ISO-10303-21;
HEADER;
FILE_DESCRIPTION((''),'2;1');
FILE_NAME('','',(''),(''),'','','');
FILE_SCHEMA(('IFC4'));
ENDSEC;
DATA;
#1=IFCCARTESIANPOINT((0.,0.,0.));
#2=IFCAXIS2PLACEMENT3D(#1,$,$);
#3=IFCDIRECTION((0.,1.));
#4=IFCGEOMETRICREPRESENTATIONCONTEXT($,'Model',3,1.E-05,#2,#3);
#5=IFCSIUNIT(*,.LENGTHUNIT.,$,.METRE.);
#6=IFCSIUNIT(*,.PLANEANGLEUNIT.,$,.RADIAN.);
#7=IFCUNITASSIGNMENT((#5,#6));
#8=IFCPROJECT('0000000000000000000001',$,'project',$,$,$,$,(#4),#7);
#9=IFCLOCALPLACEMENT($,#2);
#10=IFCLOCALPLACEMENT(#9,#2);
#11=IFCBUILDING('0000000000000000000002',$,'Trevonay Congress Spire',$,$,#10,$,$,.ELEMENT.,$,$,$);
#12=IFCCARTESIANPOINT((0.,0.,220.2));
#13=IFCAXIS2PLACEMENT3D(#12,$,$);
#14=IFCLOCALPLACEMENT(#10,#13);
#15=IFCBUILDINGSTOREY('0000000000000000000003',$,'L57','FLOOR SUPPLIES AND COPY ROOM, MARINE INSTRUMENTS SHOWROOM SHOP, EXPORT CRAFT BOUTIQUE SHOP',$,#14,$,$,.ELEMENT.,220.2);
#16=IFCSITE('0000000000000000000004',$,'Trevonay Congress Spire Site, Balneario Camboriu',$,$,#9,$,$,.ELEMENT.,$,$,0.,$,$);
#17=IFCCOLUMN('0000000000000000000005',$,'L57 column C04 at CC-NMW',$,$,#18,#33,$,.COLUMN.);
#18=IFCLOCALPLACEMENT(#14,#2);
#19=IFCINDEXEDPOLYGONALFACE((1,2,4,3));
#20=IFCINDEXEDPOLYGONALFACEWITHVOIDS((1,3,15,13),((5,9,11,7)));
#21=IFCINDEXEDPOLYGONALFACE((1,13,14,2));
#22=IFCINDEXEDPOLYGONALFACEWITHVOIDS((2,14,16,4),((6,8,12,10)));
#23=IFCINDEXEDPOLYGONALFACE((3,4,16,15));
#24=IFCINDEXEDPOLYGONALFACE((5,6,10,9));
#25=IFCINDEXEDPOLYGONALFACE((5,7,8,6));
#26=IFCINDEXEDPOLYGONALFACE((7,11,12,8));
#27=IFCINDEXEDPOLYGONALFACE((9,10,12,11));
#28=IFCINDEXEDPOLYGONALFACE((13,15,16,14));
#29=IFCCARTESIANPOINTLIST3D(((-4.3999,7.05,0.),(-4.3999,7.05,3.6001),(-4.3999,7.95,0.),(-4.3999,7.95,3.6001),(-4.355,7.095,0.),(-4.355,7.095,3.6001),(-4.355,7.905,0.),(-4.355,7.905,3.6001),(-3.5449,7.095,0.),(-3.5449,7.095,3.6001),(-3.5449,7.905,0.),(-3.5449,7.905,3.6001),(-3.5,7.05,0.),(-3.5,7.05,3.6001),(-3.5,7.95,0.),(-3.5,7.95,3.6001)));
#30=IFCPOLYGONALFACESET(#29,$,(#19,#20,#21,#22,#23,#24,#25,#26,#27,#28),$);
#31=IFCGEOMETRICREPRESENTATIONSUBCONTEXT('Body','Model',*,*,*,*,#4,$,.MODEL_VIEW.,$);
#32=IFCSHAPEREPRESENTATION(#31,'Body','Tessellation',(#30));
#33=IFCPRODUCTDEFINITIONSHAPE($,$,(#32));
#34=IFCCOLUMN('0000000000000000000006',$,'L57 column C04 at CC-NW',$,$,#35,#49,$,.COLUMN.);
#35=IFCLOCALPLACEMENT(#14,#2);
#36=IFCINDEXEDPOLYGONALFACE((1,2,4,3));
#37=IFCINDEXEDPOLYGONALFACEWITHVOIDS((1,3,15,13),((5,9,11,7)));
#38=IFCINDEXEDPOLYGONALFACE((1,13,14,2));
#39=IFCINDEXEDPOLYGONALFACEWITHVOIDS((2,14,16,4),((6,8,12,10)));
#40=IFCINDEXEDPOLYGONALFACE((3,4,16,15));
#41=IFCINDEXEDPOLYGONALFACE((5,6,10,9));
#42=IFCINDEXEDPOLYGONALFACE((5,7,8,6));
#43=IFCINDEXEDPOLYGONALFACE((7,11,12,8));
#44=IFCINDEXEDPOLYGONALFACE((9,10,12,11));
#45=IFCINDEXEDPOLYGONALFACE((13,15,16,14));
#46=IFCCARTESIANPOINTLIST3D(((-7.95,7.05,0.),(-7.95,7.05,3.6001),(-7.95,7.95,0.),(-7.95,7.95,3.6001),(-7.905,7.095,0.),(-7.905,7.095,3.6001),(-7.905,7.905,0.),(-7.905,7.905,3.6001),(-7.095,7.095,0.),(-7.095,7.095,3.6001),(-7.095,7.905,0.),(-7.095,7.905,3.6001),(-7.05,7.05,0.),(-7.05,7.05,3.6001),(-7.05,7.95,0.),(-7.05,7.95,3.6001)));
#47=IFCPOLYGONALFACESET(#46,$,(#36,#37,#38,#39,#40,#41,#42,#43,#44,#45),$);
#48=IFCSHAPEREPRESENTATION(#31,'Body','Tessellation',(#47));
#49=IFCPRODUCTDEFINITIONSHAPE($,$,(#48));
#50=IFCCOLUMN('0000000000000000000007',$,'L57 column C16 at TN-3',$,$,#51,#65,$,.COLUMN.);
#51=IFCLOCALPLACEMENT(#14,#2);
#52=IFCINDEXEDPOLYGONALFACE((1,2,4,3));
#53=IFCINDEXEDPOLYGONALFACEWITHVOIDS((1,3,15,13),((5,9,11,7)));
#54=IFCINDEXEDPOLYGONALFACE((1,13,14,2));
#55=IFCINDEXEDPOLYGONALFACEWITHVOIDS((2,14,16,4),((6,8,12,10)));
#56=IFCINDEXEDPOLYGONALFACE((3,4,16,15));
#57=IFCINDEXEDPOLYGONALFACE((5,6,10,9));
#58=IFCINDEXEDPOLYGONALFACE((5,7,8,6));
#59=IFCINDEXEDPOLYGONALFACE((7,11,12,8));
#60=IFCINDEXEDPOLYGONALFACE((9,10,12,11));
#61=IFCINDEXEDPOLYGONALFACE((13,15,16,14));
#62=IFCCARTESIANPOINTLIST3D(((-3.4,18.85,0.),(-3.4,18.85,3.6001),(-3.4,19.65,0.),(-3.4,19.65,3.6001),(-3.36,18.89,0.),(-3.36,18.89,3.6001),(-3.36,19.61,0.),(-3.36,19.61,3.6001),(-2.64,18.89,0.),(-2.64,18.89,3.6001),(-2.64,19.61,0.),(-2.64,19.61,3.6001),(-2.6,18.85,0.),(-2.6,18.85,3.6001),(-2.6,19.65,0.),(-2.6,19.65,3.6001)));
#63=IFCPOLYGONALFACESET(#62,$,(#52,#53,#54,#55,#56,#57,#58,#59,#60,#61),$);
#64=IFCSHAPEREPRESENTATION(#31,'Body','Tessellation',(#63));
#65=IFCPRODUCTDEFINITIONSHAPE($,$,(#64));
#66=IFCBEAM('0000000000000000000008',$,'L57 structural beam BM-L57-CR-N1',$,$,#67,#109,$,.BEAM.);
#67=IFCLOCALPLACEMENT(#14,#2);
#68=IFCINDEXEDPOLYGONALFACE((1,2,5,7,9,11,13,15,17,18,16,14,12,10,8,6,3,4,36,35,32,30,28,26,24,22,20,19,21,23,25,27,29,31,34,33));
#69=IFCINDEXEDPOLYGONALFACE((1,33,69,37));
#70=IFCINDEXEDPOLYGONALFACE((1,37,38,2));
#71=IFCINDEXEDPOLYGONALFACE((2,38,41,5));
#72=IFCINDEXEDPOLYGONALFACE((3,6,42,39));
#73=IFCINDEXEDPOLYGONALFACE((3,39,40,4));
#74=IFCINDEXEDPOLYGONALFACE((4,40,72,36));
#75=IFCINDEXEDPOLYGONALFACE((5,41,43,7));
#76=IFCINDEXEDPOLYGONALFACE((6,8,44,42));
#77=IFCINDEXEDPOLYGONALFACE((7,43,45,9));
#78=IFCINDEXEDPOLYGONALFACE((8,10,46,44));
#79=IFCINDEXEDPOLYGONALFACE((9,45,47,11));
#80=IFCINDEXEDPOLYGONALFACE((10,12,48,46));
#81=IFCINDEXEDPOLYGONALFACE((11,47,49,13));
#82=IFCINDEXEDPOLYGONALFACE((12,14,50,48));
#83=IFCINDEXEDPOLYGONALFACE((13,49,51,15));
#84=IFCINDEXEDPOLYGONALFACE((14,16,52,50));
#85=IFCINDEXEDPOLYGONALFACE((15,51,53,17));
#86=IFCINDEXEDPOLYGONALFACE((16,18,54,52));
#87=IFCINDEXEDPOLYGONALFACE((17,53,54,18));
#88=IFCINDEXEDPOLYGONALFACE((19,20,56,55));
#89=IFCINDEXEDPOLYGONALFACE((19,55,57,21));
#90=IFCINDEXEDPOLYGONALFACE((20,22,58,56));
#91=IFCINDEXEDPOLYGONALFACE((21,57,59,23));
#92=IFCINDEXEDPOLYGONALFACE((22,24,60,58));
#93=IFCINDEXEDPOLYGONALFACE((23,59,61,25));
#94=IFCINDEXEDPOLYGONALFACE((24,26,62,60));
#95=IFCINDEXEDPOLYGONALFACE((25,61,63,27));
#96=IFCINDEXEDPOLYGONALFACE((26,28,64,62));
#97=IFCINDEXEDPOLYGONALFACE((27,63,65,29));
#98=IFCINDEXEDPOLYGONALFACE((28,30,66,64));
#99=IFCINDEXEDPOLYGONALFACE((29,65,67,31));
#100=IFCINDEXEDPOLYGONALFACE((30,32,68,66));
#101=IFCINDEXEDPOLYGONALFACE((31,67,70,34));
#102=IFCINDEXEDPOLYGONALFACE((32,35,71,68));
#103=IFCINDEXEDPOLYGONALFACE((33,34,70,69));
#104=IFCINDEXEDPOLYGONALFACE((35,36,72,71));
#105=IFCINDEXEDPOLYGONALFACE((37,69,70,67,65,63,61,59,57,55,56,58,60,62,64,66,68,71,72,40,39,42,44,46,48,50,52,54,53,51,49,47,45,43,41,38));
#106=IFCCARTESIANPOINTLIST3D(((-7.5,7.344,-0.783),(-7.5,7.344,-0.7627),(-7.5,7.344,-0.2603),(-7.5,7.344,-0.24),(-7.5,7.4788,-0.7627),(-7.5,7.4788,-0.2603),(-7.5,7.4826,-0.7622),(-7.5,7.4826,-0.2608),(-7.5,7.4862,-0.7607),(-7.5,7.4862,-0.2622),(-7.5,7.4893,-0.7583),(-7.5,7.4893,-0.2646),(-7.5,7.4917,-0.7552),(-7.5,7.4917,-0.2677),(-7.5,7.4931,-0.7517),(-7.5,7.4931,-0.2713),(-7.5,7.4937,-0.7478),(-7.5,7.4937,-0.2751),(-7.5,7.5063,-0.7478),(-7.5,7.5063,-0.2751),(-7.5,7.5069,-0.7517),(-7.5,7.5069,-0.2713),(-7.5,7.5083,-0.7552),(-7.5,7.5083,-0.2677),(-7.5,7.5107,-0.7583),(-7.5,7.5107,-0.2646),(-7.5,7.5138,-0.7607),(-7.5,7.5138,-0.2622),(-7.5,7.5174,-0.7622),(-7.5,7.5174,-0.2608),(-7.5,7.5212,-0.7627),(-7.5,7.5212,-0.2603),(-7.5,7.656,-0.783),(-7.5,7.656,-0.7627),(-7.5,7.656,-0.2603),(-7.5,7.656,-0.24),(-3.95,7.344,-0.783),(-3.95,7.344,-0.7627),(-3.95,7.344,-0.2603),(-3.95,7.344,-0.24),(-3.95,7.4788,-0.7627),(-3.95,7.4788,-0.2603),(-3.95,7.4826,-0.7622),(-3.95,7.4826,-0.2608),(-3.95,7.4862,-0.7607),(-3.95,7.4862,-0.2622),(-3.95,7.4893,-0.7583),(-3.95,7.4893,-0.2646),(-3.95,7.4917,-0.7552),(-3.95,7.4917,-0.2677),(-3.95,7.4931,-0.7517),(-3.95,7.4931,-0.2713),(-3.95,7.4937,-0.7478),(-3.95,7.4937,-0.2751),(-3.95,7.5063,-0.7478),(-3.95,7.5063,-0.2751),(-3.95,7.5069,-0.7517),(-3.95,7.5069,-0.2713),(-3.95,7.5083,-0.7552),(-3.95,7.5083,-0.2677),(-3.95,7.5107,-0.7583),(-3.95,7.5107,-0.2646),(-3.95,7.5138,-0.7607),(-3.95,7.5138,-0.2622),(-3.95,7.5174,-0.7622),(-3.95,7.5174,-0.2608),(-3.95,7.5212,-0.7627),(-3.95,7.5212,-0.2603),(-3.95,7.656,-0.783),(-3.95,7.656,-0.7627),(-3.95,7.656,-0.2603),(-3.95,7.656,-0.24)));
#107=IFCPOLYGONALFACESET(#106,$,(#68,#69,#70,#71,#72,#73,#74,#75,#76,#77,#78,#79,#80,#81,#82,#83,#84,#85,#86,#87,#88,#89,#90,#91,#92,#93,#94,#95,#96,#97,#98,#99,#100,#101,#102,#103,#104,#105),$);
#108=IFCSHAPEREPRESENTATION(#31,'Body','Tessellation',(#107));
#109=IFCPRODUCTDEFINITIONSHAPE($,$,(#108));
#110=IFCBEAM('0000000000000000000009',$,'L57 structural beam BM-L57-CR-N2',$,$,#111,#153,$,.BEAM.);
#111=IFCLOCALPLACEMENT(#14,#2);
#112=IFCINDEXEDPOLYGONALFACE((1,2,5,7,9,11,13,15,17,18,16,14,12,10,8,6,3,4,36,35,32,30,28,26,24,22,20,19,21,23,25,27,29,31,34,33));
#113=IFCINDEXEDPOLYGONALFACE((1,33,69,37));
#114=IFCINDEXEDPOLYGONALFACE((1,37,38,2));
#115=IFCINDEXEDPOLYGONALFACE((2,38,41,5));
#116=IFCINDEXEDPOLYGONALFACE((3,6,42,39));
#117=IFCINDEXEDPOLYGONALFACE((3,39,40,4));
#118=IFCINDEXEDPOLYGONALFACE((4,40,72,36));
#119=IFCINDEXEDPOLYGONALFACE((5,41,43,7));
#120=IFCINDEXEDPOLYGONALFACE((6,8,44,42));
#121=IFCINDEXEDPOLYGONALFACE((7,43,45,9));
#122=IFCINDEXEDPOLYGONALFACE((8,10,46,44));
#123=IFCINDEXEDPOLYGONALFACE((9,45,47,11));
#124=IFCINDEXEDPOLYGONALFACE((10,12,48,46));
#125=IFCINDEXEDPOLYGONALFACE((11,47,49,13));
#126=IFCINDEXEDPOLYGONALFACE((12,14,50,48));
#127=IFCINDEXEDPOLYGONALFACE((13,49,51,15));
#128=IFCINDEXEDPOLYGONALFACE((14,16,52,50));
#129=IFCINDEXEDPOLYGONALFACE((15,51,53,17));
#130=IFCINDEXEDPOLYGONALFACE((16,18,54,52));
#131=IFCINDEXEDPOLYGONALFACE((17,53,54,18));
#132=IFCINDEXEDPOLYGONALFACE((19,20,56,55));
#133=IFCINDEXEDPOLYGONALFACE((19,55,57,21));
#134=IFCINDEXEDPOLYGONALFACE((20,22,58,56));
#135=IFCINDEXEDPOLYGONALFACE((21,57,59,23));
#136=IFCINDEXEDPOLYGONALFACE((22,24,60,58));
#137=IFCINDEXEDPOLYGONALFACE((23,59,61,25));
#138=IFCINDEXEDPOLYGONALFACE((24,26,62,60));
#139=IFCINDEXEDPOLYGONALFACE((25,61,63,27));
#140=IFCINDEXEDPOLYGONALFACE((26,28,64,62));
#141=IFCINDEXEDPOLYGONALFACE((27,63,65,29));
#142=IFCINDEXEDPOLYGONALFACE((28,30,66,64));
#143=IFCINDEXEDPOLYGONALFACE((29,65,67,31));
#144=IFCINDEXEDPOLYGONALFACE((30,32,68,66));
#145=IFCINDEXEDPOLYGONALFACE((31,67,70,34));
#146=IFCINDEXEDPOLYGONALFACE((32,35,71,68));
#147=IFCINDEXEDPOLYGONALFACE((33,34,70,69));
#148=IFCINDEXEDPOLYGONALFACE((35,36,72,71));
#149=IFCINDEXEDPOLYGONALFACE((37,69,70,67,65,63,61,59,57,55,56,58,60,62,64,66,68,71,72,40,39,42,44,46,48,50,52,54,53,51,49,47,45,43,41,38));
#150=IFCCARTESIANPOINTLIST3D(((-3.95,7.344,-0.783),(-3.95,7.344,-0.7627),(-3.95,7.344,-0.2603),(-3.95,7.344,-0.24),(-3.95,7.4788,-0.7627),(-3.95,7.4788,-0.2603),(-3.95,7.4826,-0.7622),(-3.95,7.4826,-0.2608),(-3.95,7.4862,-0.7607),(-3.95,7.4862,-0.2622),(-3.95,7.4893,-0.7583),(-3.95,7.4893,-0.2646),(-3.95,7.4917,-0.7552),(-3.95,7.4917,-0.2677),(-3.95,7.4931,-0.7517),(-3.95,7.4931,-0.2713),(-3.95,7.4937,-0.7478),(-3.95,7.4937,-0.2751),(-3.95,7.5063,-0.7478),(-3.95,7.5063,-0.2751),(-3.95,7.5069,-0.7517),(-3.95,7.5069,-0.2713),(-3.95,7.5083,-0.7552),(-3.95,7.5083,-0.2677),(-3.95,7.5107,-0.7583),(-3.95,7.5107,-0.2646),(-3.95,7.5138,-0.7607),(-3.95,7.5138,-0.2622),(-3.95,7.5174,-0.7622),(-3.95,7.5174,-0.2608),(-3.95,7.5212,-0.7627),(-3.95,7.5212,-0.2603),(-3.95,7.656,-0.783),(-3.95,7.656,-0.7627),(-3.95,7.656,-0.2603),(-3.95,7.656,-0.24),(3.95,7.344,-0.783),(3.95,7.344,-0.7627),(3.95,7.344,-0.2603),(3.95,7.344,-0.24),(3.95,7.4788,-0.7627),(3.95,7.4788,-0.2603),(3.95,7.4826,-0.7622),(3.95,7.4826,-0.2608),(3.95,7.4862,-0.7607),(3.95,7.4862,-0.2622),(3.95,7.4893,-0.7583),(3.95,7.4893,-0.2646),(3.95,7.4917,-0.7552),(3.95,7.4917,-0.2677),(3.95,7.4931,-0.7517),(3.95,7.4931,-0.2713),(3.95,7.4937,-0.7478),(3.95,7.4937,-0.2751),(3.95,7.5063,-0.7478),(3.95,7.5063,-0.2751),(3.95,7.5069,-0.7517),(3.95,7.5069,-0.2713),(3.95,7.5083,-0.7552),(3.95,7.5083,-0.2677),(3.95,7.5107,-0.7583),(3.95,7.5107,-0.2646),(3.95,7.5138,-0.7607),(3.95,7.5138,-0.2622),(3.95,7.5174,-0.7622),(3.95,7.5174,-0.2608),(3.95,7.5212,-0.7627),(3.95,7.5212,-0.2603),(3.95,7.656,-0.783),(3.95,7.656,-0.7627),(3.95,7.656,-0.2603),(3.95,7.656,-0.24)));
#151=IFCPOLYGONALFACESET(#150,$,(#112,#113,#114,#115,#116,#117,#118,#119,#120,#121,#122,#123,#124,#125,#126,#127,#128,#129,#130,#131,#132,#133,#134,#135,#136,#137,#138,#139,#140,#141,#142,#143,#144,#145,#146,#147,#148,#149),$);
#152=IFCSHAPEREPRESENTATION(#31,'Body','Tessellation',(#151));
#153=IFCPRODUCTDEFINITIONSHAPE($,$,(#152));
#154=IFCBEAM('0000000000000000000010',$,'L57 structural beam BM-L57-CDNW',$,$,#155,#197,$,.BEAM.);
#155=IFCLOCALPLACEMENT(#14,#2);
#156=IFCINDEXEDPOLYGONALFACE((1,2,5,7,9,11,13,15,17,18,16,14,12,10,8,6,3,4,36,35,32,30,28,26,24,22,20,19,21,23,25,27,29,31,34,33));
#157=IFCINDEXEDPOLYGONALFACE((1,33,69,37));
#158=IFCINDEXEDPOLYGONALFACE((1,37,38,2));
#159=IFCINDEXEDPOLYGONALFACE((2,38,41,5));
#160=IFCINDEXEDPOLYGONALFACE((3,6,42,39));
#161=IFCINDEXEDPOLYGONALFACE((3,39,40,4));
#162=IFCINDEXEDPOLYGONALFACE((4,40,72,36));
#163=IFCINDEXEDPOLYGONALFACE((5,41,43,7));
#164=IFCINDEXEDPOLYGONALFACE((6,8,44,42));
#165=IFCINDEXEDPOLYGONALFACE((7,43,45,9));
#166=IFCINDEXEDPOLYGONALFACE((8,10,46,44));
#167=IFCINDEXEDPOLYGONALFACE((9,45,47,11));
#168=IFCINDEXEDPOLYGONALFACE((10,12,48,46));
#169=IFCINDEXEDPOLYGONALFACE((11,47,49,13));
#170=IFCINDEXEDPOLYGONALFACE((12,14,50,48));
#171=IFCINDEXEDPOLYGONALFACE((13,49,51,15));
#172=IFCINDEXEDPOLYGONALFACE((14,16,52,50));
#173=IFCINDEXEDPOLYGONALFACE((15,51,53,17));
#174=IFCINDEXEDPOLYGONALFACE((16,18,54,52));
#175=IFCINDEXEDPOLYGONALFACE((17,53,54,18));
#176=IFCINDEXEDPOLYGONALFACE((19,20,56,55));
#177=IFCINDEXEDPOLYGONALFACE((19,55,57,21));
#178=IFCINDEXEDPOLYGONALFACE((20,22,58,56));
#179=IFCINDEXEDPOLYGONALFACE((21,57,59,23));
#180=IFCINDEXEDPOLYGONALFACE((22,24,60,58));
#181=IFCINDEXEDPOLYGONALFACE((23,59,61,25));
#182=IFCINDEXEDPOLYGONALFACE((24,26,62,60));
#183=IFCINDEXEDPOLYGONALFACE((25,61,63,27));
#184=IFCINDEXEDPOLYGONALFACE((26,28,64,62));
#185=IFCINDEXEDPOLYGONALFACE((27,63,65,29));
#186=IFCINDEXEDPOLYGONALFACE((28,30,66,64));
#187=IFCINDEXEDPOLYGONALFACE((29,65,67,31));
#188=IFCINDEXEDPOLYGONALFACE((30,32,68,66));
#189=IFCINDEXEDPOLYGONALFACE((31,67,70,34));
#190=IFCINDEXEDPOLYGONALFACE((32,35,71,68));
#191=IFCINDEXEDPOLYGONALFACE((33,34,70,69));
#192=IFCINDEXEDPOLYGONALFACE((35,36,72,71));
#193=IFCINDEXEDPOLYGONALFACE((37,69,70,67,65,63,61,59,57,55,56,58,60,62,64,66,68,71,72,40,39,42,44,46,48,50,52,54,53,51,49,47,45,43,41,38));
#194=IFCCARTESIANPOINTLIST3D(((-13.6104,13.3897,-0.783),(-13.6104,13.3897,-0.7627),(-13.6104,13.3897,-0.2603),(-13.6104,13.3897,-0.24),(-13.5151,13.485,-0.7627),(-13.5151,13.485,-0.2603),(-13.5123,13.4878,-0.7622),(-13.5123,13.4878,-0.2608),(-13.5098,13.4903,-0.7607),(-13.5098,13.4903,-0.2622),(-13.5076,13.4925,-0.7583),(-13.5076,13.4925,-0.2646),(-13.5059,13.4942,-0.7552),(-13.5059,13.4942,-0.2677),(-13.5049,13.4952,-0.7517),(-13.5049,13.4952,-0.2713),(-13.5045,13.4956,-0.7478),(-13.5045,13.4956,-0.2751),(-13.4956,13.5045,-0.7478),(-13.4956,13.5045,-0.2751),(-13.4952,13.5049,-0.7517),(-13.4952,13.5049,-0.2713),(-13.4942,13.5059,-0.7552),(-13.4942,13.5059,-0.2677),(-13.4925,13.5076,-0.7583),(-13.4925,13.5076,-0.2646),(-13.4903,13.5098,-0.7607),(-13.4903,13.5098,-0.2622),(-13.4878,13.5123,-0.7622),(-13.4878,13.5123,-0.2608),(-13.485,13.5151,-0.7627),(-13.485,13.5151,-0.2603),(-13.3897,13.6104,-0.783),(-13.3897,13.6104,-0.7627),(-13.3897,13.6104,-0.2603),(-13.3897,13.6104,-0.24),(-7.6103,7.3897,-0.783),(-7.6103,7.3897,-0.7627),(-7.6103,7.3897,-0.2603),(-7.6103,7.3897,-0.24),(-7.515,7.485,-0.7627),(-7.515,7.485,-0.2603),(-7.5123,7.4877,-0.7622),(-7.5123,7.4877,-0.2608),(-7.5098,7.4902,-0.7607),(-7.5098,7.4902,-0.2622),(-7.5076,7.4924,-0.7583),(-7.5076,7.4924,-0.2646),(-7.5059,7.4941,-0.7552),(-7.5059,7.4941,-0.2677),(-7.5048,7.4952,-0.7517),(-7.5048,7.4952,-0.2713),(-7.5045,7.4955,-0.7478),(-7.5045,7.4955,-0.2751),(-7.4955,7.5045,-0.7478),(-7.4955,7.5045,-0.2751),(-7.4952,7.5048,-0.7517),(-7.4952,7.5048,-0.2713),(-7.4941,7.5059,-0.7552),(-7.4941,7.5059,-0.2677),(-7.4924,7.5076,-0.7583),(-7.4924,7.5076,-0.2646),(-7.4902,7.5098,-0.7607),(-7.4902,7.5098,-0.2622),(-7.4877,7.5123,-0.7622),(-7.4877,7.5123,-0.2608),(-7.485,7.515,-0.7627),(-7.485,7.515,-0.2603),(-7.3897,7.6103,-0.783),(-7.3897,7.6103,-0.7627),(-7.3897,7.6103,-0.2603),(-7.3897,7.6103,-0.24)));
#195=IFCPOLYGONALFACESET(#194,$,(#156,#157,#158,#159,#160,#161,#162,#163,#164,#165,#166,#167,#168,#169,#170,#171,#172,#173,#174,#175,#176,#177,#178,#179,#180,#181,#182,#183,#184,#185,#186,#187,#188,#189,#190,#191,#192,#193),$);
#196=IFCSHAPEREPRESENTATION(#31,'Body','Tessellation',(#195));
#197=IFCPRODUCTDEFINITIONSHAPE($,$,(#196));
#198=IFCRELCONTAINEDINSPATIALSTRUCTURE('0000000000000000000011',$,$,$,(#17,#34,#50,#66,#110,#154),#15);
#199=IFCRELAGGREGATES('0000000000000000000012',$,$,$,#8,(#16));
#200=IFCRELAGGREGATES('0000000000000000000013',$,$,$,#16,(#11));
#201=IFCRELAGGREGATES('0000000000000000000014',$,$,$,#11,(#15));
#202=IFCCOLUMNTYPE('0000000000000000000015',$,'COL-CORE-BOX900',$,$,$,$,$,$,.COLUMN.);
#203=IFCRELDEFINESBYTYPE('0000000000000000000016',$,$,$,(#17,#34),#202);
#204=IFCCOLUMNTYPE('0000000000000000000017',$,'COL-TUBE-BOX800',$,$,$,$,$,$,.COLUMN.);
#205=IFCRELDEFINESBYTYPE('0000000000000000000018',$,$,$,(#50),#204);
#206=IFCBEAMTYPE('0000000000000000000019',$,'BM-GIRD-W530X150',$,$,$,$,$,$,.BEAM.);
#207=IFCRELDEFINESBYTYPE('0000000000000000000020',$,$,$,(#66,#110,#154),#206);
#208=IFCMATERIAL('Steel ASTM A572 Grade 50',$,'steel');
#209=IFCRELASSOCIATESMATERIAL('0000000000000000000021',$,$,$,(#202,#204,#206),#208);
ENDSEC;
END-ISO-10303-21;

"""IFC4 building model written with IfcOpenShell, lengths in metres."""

from ifc_helpers import new_model, si_unit, direction, frame, origin, origin_2d, place, context, subcontext, project, spatial, hollow_rectangle, i_section, extrude, material, material_profile, profile_set, type_object, element, save


model = new_model("IFC4")

# Units and contexts
model_context = context("Model", 3, precision=1e-05, world=origin(), true_north=direction((0.0, 1.0)))
body_context = subcontext(model_context, "Body", "Model", "MODEL_VIEW")
ifc_project = project(units=[si_unit("LENGTHUNIT", "METRE"), si_unit("PLANEANGLEUNIT", "RADIAN")], contexts=[model_context])

# Site, building, storey
site_placement = place(None, origin())
site = spatial("IfcSite", under=ifc_project, at=site_placement, Name="Trevonay Congress Spire Site, Balneario Camboriu", CompositionType="ELEMENT", RefElevation=0.0)
building_placement = place(site_placement, origin())
building = spatial("IfcBuilding", under=site, at=building_placement, Name="Trevonay Congress Spire", CompositionType="ELEMENT")
storey_placement = place(building_placement, frame((0.0, 0.0, 220.2)))
storey = spatial("IfcBuildingStorey", under=building, at=storey_placement, Name="L57", Description="FLOOR SUPPLIES AND COPY ROOM, MARINE INSTRUMENTS SHOWROOM SHOP, EXPORT CRAFT BOUTIQUE SHOP", CompositionType="ELEMENT", Elevation=220.2)

# Columns
ifc_material_1 = material(Name="Steel ASTM A572 Grade 50", Category="steel")
ifc_material_profile_1 = material_profile(ifc_material_1, hollow_rectangle(XDim=0.8999, YDim=0.8999, WallThickness=0.0449, at=origin_2d()), Name="BOX 900x900x45")
ifc_profile_set_1 = profile_set([ifc_material_profile_1], Name="Steel ASTM A572 Grade 50")
column_type_1 = type_object("IfcColumnType", Name="COL-CORE-BOX900", PredefinedType="COLUMN", material=ifc_profile_set_1)
for number, where, z_axis, x_axis, name in (
    (1, (-3.95, 7.5, 0.0), (0.0, 0.0, 1.0), (1.0, 0.0, 0.0), "L57 column C04 at CC-NMW"),
    (2, (-7.5, 7.5, 0.0), (0.0, 0.0, 1.0), (1.0, 0.0, 0.0), "L57 column C04 at CC-NW"),
):
    element("IfcColumn", number, at=place(storey_placement, frame(where, z_axis=z_axis, x_axis=x_axis)), inside=storey, type_object=column_type_1, Name=name, PredefinedType="COLUMN", context=body_context, shape_type="SweptSolid", body=[
        extrude(hollow_rectangle(XDim=0.8999, YDim=0.8999, WallThickness=0.0449, at=origin_2d()), origin(), (0.0, 0.0, 1.0), 3.6001),
    ])
ifc_material_profile_2 = material_profile(ifc_material_1, hollow_rectangle(XDim=0.8, YDim=0.8, WallThickness=0.04, at=origin_2d()), Name="BOX 800x800x40")
ifc_profile_set_2 = profile_set([ifc_material_profile_2], Name="Steel ASTM A572 Grade 50")
column_type_2 = type_object("IfcColumnType", Name="COL-TUBE-BOX800", PredefinedType="COLUMN", material=ifc_profile_set_2)
column_placement = place(storey_placement, frame((-3.0, 19.25, 0.0), z_axis=(0.0, 0.0, 1.0), x_axis=(1.0, 0.0, 0.0)))
element("IfcColumn", 3, at=column_placement, inside=storey, type_object=column_type_2, Name="L57 column C16 at TN-3", PredefinedType="COLUMN", context=body_context, shape_type="SweptSolid", body=[
    extrude(hollow_rectangle(XDim=0.8, YDim=0.8, WallThickness=0.04, at=origin_2d()), origin(), (0.0, 0.0, 1.0), 3.6001),
])

# Beams
ifc_material_profile_3 = material_profile(ifc_material_1, i_section(OverallWidth=0.312, OverallDepth=0.543, WebThickness=0.0127, FlangeThickness=0.0203, FilletRadius=0.0149, at=origin_2d()), Name="W530x150")
ifc_profile_set_3 = profile_set([ifc_material_profile_3], Name="Steel ASTM A572 Grade 50")
beam_type_1 = type_object("IfcBeamType", Name="BM-GIRD-W530X150", PredefinedType="BEAM", material=ifc_profile_set_3)
beam_1_placement = place(storey_placement, frame((-7.5, 7.5, -0.5115), z_axis=(1.0, 0.0, 0.0), x_axis=(0.0, 1.0, 0.0)))
element("IfcBeam", 4, at=beam_1_placement, inside=storey, type_object=beam_type_1, Name="L57 structural beam BM-L57-CR-N1", PredefinedType="BEAM", context=body_context, shape_type="SweptSolid", body=[
    extrude(i_section(OverallWidth=0.312, OverallDepth=0.543, WebThickness=0.0127, FlangeThickness=0.0203, FilletRadius=0.0149, at=origin_2d()), origin(), (0.0, 0.0, 1.0), 3.55),
])
beam_2_placement = place(storey_placement, frame((-3.95, 7.5, -0.5115), z_axis=(1.0, 0.0, 0.0), x_axis=(0.0, 1.0, 0.0)))
element("IfcBeam", 5, at=beam_2_placement, inside=storey, type_object=beam_type_1, Name="L57 structural beam BM-L57-CR-N2", PredefinedType="BEAM", context=body_context, shape_type="SweptSolid", body=[
    extrude(i_section(OverallWidth=0.312, OverallDepth=0.543, WebThickness=0.0127, FlangeThickness=0.0203, FilletRadius=0.0149, at=origin_2d()), origin(), (0.0, 0.0, 1.0), 7.8999),
])
beam_3_placement = place(storey_placement, frame((-7.5, 7.5, -0.5115), z_axis=(-0.707107, 0.707107, 0.0), x_axis=(-0.707107, -0.707107, 0.0)))
element("IfcBeam", 6, at=beam_3_placement, inside=storey, type_object=beam_type_1, Name="L57 structural beam BM-L57-CDNW", PredefinedType="BEAM", context=body_context, shape_type="SweptSolid", body=[
    extrude(i_section(OverallWidth=0.312, OverallDepth=0.543, WebThickness=0.0127, FlangeThickness=0.0203, FilletRadius=0.0149, at=origin_2d()), origin(), (0.0, 0.0, 1.0), 8.4854),
])

save(model, "model.ifc")
